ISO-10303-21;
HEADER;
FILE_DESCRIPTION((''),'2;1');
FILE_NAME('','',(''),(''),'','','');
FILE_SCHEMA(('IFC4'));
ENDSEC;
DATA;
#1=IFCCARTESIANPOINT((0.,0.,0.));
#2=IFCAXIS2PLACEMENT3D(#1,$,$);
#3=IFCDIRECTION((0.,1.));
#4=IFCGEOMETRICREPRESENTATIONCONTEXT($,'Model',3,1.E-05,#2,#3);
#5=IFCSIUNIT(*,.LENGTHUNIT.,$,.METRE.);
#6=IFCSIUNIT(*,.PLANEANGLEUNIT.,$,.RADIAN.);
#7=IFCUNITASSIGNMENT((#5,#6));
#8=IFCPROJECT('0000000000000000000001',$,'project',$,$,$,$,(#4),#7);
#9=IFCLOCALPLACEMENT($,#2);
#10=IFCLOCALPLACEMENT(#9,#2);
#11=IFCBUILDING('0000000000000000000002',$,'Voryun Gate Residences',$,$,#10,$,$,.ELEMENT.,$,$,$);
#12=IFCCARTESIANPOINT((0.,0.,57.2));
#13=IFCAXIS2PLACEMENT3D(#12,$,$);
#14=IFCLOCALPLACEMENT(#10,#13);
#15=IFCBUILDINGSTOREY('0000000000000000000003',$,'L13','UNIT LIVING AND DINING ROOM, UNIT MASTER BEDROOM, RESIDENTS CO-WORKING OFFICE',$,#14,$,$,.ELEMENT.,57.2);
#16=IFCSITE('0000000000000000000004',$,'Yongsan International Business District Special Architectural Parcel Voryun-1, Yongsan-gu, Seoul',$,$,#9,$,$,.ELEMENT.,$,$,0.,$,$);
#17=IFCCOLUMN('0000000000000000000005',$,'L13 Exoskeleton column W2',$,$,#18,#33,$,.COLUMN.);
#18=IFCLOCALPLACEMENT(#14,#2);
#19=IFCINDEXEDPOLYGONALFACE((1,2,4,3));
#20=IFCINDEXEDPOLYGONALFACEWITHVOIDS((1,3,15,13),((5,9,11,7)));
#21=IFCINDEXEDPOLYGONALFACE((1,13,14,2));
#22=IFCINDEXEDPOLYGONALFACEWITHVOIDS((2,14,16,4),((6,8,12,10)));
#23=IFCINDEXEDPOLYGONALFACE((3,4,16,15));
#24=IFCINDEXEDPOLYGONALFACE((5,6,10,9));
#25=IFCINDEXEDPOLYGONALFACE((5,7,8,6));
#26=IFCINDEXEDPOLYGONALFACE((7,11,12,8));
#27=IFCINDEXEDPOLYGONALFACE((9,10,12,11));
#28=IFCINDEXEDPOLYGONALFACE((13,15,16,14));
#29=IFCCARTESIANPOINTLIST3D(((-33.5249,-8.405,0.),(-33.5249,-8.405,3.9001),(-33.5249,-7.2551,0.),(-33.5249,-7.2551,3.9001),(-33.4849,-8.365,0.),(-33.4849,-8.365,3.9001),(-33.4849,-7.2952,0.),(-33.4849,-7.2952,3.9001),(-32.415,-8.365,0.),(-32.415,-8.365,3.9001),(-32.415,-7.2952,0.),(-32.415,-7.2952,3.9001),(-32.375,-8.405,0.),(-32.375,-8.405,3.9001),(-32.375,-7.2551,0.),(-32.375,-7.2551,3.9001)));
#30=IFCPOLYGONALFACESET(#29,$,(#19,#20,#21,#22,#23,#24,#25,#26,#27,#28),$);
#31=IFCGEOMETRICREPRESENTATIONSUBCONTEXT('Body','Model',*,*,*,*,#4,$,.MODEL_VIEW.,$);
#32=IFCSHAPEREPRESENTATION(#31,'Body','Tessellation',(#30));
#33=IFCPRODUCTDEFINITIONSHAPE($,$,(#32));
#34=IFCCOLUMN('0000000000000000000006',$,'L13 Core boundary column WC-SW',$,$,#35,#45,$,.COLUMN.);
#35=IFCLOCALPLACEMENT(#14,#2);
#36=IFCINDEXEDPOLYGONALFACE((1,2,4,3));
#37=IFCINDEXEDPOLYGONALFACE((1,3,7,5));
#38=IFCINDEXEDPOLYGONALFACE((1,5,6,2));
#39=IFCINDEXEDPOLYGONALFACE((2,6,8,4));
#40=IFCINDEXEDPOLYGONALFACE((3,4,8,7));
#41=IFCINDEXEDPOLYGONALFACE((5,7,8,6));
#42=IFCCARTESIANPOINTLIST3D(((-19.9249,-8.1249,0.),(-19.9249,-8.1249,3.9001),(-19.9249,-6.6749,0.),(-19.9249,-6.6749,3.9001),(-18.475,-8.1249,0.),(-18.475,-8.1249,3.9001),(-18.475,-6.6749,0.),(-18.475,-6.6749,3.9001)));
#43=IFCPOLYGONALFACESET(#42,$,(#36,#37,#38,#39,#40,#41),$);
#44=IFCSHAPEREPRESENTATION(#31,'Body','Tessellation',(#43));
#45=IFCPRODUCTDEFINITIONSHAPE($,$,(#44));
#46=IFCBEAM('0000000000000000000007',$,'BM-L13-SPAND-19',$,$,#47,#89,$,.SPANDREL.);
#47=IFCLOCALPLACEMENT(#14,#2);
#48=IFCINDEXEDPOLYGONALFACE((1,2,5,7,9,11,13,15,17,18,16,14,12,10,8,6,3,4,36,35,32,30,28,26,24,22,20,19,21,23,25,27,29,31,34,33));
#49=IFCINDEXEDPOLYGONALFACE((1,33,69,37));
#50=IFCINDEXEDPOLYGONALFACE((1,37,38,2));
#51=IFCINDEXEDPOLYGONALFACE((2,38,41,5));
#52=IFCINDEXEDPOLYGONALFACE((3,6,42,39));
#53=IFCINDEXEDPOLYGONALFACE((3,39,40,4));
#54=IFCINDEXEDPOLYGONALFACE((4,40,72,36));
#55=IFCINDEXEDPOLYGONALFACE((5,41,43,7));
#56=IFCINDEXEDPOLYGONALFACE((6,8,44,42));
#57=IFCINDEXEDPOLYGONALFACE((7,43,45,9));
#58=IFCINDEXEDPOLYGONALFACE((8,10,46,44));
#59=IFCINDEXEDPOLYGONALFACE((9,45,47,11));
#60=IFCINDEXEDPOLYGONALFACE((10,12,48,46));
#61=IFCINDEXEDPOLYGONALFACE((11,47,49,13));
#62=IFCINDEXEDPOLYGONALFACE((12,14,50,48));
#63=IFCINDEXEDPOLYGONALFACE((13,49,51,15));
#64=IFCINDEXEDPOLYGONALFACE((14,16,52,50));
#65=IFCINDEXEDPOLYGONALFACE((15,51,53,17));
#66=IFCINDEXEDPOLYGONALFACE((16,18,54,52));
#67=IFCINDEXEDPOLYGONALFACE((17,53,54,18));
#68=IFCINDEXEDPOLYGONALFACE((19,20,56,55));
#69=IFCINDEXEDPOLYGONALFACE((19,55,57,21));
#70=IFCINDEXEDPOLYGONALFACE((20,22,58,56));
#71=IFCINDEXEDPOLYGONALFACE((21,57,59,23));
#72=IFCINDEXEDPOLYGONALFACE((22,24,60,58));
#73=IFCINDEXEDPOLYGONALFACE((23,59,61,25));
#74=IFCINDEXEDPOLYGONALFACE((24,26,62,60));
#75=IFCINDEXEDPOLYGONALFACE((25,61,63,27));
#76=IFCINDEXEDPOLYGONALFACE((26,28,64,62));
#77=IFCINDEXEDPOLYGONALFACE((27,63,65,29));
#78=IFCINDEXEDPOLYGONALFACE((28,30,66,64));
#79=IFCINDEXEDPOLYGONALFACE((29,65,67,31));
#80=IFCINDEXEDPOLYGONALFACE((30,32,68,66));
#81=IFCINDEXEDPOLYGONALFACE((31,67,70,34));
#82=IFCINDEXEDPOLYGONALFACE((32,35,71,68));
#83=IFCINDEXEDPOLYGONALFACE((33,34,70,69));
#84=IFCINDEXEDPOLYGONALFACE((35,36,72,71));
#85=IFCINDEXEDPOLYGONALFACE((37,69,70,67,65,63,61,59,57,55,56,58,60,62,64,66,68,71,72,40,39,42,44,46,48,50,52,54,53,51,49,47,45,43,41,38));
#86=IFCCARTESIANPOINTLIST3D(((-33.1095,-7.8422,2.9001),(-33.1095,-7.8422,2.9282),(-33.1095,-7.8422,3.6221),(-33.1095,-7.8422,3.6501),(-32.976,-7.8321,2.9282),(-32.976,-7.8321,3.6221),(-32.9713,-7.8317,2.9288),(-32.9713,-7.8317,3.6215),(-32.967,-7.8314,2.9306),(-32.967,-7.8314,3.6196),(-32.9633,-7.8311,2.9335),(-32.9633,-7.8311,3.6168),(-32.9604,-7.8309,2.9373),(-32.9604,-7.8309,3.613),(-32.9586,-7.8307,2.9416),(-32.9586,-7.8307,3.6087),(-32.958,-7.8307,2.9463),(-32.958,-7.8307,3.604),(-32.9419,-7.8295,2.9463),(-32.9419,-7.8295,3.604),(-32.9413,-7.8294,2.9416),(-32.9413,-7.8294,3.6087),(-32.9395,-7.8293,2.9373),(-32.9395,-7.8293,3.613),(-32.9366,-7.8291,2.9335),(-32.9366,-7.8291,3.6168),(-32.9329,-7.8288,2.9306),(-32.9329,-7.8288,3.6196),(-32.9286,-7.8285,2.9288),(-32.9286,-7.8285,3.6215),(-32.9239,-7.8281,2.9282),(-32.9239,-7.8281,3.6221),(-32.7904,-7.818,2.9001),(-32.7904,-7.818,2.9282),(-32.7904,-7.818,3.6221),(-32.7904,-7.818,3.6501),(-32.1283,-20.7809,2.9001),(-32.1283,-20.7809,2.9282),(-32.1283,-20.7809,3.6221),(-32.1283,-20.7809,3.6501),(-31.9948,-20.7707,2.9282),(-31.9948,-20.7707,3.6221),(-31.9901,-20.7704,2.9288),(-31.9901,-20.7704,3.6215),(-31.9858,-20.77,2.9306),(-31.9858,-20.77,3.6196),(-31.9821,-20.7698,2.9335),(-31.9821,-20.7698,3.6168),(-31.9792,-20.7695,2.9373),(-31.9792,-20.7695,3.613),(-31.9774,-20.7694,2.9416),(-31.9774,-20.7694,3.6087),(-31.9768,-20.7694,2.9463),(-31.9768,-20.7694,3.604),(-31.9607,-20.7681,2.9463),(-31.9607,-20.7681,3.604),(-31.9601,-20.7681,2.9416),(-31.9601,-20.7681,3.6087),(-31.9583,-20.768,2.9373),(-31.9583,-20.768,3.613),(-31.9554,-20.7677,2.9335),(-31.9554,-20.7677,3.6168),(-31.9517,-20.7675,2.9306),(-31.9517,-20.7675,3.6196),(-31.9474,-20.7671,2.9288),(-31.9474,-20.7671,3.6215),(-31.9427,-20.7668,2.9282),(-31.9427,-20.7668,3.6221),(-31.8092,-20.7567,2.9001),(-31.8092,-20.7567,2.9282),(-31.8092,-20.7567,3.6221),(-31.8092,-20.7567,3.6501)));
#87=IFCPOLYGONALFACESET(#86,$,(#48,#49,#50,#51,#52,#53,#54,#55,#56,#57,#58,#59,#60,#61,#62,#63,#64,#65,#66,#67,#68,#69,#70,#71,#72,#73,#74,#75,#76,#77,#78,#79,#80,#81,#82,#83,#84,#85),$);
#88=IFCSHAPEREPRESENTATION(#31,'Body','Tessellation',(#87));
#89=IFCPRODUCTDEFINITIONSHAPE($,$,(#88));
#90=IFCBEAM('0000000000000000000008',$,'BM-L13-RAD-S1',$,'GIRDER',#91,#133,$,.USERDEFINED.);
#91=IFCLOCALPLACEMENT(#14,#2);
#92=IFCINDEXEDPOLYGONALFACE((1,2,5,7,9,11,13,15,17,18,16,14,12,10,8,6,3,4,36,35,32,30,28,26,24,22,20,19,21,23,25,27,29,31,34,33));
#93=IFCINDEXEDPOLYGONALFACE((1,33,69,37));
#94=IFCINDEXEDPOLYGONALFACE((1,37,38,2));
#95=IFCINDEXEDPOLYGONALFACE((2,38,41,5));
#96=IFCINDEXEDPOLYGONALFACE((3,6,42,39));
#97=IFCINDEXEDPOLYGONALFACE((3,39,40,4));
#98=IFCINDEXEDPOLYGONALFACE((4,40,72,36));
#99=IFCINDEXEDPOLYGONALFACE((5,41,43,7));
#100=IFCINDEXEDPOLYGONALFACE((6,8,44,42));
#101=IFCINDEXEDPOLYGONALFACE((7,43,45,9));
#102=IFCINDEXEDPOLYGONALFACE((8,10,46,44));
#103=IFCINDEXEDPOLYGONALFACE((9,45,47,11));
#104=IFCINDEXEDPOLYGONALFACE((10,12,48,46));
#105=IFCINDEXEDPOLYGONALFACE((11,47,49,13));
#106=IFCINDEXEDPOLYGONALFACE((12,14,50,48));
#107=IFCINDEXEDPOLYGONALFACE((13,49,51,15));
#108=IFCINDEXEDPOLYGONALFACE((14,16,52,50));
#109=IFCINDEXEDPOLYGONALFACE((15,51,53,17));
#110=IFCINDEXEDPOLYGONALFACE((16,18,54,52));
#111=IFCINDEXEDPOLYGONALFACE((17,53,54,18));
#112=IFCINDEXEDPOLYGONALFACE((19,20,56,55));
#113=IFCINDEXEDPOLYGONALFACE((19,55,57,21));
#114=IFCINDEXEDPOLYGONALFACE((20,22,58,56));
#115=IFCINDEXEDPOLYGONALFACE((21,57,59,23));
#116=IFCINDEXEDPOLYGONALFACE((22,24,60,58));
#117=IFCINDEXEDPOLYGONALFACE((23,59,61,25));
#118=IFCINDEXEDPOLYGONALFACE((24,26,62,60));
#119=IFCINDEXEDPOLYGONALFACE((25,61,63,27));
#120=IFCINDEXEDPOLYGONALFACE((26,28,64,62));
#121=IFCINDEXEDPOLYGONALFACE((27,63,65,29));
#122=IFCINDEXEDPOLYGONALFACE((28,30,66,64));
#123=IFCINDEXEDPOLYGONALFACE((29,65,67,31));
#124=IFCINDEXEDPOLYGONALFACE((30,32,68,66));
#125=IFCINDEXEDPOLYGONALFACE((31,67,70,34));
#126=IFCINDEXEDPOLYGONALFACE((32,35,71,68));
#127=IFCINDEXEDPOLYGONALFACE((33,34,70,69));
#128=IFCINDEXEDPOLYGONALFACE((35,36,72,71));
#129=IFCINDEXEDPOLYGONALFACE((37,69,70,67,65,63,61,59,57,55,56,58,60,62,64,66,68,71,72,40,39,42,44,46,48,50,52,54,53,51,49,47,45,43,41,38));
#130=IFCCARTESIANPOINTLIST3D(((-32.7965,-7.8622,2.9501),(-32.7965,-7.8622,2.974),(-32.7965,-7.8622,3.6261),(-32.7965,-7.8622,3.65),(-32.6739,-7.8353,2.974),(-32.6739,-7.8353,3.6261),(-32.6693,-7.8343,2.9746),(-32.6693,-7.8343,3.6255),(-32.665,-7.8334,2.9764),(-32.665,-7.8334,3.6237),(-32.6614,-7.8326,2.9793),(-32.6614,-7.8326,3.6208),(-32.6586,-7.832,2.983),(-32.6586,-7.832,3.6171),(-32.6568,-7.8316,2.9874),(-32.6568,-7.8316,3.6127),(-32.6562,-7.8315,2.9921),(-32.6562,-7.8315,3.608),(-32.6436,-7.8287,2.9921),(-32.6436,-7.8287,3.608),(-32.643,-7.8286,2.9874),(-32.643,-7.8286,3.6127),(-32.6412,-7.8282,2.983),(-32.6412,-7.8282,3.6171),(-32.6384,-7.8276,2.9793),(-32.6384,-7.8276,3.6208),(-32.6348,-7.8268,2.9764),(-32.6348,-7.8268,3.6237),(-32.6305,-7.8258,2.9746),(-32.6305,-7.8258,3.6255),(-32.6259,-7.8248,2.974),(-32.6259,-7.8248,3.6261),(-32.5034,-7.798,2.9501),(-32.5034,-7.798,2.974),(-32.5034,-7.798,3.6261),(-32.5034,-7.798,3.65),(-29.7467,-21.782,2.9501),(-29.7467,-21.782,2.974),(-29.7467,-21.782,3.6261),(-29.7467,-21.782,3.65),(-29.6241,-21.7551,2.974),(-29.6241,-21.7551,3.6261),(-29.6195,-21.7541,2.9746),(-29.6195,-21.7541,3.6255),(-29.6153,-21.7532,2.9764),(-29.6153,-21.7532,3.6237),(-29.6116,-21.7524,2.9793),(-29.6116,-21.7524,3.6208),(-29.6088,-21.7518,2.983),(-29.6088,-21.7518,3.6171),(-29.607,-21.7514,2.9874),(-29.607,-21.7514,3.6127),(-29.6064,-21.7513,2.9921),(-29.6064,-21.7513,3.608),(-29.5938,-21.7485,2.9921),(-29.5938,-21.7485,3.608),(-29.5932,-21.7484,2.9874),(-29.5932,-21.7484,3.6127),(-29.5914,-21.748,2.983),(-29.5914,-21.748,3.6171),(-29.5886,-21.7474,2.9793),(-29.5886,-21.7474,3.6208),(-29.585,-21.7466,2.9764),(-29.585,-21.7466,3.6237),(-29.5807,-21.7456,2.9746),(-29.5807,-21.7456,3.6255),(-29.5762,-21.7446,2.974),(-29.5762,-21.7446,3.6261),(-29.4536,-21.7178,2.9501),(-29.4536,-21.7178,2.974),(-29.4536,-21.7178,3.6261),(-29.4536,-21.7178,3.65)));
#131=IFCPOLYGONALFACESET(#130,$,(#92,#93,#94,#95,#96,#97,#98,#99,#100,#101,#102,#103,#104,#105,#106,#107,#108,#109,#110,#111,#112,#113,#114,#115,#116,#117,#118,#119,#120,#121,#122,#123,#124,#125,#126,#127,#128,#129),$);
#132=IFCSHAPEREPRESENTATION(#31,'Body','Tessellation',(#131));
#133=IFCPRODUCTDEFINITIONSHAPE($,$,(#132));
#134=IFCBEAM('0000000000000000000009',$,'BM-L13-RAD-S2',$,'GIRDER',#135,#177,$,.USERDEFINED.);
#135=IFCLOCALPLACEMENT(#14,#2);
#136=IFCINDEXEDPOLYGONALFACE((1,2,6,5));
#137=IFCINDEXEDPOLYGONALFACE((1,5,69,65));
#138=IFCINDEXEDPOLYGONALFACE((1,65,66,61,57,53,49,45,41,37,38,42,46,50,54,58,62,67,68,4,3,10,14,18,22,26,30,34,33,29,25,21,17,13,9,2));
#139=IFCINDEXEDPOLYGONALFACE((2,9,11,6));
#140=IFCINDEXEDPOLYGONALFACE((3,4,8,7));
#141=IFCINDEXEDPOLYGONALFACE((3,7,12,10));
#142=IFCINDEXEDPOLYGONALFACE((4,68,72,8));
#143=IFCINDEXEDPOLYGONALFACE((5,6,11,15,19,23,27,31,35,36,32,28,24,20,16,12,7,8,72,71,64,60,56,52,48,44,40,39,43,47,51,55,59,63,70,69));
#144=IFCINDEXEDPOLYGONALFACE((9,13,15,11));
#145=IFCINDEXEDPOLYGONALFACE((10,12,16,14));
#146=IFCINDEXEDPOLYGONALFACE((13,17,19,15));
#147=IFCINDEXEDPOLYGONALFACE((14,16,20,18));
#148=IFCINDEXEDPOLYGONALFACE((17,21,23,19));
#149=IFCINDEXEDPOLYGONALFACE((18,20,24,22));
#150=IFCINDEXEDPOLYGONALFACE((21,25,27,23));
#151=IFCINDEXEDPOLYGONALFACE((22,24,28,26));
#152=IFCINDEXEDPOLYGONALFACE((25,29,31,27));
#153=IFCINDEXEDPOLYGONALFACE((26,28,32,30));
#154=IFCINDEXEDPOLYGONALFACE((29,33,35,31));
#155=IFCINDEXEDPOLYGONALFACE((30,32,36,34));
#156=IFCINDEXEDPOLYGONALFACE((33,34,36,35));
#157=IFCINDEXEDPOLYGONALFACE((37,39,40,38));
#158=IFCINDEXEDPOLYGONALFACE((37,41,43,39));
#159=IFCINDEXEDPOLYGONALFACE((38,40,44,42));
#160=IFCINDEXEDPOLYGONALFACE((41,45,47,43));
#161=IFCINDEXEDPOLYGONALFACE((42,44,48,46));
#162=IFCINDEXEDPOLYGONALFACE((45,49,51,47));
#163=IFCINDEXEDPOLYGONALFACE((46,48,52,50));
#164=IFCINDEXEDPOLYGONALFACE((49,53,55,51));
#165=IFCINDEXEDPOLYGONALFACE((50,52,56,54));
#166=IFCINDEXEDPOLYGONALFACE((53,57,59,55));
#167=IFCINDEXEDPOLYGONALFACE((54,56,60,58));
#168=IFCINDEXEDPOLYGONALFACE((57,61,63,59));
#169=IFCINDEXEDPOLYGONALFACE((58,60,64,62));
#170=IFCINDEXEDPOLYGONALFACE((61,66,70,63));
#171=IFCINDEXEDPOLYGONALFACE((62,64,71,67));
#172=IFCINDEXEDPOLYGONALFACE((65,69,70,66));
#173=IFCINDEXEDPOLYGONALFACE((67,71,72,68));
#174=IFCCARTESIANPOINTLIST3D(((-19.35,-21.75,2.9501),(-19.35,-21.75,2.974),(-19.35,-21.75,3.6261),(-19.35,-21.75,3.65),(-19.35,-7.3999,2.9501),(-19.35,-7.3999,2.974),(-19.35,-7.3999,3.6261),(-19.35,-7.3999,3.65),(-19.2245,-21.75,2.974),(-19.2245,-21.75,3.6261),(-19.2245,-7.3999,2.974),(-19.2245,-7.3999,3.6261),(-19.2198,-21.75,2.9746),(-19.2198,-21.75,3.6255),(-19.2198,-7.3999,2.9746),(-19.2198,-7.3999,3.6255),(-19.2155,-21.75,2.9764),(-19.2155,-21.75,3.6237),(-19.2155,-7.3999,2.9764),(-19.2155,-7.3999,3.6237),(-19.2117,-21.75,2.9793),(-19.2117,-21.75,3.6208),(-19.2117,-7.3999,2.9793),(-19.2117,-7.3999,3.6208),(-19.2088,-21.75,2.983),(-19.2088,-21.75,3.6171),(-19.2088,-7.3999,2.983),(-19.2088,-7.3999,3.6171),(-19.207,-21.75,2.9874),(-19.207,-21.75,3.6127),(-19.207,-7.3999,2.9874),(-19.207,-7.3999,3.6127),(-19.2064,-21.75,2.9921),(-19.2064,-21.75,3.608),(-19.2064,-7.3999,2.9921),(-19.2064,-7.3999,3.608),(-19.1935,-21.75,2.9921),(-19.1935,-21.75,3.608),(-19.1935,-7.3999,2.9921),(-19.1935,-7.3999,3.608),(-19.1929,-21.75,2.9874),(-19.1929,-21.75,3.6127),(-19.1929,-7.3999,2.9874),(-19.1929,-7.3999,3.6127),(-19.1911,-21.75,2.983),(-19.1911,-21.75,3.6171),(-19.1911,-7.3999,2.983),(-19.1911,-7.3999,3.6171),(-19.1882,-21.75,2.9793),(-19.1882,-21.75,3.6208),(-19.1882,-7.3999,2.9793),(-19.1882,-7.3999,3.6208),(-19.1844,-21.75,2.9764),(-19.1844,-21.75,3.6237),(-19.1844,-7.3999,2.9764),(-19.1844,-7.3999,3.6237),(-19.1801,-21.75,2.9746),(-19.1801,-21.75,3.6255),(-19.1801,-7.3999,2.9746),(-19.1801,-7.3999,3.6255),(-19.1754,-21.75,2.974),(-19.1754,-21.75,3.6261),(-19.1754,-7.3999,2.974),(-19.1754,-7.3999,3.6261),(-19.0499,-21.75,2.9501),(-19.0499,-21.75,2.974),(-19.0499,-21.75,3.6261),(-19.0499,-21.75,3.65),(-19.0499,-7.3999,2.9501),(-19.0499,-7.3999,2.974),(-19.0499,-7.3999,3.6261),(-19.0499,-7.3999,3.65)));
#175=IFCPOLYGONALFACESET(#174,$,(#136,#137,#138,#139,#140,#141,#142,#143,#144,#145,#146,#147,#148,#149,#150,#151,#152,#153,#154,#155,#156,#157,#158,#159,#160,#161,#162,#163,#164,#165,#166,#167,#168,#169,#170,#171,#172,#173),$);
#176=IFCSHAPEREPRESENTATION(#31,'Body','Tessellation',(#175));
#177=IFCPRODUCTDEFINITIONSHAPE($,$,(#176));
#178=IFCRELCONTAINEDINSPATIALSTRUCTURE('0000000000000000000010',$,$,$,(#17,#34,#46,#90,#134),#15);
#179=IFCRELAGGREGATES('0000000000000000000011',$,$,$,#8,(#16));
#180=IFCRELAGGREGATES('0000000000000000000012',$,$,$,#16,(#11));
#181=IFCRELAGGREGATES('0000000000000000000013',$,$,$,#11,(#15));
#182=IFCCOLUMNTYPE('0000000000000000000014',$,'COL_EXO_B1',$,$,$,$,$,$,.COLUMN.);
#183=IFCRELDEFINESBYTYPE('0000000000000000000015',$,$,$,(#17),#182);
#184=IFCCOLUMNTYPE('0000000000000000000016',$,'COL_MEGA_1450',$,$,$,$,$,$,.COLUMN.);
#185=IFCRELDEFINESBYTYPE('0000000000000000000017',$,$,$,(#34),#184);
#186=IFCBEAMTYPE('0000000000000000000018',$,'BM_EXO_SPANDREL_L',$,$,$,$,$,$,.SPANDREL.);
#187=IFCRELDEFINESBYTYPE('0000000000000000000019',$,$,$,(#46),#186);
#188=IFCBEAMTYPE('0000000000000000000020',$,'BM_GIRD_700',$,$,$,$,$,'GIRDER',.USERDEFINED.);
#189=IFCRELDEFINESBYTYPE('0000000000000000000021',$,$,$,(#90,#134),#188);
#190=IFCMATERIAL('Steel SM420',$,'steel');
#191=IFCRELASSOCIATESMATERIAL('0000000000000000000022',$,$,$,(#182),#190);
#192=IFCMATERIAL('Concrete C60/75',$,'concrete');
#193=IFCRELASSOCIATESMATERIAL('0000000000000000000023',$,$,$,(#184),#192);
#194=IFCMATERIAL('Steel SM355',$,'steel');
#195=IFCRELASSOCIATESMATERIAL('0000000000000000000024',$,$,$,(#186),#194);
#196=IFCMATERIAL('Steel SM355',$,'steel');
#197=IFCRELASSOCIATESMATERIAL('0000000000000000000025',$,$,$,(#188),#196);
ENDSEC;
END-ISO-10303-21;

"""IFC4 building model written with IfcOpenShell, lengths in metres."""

from ifc_helpers import new_model, si_unit, direction, frame, origin, origin_2d, place, context, subcontext, project, spatial, rectangle, hollow_rectangle, i_section, extrude, material, material_profile, profile_set, type_object, element, save


model = new_model("IFC4")

# Units and contexts
model_context = context("Model", 3, precision=1e-05, world=origin(), true_north=direction((0.0, 1.0)))
body_context = subcontext(model_context, "Body", "Model", "MODEL_VIEW")
ifc_project = project(units=[si_unit("LENGTHUNIT", "METRE"), si_unit("PLANEANGLEUNIT", "RADIAN")], contexts=[model_context])

# Site, building, storey
site_placement = place(None, origin())
site = spatial("IfcSite", under=ifc_project, at=site_placement, Name="Yongsan International Business District Special Architectural Parcel Voryun-1, Yongsan-gu, Seoul", CompositionType="ELEMENT", RefElevation=0.0)
building_placement = place(site_placement, origin())
building = spatial("IfcBuilding", under=site, at=building_placement, Name="Voryun Gate Residences", CompositionType="ELEMENT")
storey_placement = place(building_placement, frame((0.0, 0.0, 57.2)))
storey = spatial("IfcBuildingStorey", under=building, at=storey_placement, Name="L13", Description="UNIT LIVING AND DINING ROOM, UNIT MASTER BEDROOM, RESIDENTS CO-WORKING OFFICE", CompositionType="ELEMENT", Elevation=57.2)

# Columns
ifc_material_1 = material(Name="Steel SM420", Category="steel")
ifc_material_profile_1 = material_profile(ifc_material_1, hollow_rectangle(XDim=1.1499, YDim=1.1499, WallThickness=0.04, at=origin_2d()), Name="BOX-1150x1150x40")
ifc_profile_set_1 = profile_set([ifc_material_profile_1], Name="Steel SM420")
column_type_1 = type_object("IfcColumnType", Name="COL_EXO_B1", PredefinedType="COLUMN", material=ifc_profile_set_1)
column_1_placement = place(storey_placement, frame((-32.95, -7.8301, 0.0), z_axis=(0.0, 0.0, 1.0), x_axis=(1.0, 0.0, 0.0)))
element("IfcColumn", 1, at=column_1_placement, inside=storey, type_object=column_type_1, Name="L13 Exoskeleton column W2", PredefinedType="COLUMN", context=body_context, shape_type="SweptSolid", body=[
    extrude(hollow_rectangle(XDim=1.1499, YDim=1.1499, WallThickness=0.04, at=origin_2d()), origin(), (0.0, 0.0, 1.0), 3.9001),
])
ifc_material_2 = material(Name="Concrete C60/75", Category="concrete")
ifc_material_profile_2 = material_profile(ifc_material_2, rectangle(XDim=1.45, YDim=1.45, at=origin_2d()), Name="RC-1450x1450")
ifc_profile_set_2 = profile_set([ifc_material_profile_2], Name="Concrete C60/75")
column_type_2 = type_object("IfcColumnType", Name="COL_MEGA_1450", PredefinedType="COLUMN", material=ifc_profile_set_2)
column_2_placement = place(storey_placement, frame((-19.2, -7.3999, 0.0), z_axis=(0.0, 0.0, 1.0), x_axis=(1.0, 0.0, 0.0)))
element("IfcColumn", 2, at=column_2_placement, inside=storey, type_object=column_type_2, Name="L13 Core boundary column WC-SW", PredefinedType="COLUMN", context=body_context, shape_type="SweptSolid", body=[
    extrude(rectangle(XDim=1.45, YDim=1.45, at=origin_2d()), origin(), (0.0, 0.0, 1.0), 3.9001),
])

# Beams
ifc_material_3 = material(Name="Steel SM355", Category="steel")
ifc_material_profile_3 = material_profile(ifc_material_3, i_section(OverallWidth=0.3201, OverallDepth=0.75, WebThickness=0.0161, FlangeThickness=0.0281, FilletRadius=0.0181, at=origin_2d()), Name="H-750x320x16x28")
ifc_profile_set_3 = profile_set([ifc_material_profile_3], Name="Steel SM355")
beam_type_1 = type_object("IfcBeamType", Name="BM_EXO_SPANDREL_L", PredefinedType="SPANDREL", material=ifc_profile_set_3)
beam_1_placement = place(storey_placement, frame((-32.95, -7.8301, 3.2751), z_axis=(0.075617, -0.997137, 0.0), x_axis=(0.997137, 0.075617, 0.0)))
element("IfcBeam", 3, at=beam_1_placement, inside=storey, type_object=beam_type_1, Name="BM-L13-SPAND-19", PredefinedType="SPANDREL", context=body_context, shape_type="SweptSolid", body=[
    extrude(i_section(OverallWidth=0.3201, OverallDepth=0.75, WebThickness=0.0161, FlangeThickness=0.0281, FilletRadius=0.0181, at=origin_2d()), origin(), (0.0, 0.0, 1.0), 12.9758),
])
ifc_material_4 = material(Name="Steel SM355", Category="steel")
ifc_material_profile_4 = material_profile(ifc_material_4, i_section(OverallWidth=0.3, OverallDepth=0.7, WebThickness=0.0129, FlangeThickness=0.0239, FilletRadius=0.0181, at=origin_2d()), Name="H-700x300x13x24")
ifc_profile_set_4 = profile_set([ifc_material_profile_4], Name="Steel SM355")
beam_type_2 = type_object("IfcBeamType", Name="BM_GIRD_700", ElementType="GIRDER", PredefinedType="USERDEFINED", material=ifc_profile_set_4)
beam_2_placement = place(storey_placement, frame((-32.6499, -7.8301, 3.3), z_axis=(0.21402, -0.976829, 0.0), x_axis=(0.976829, 0.21402, 0.0)))
element("IfcBeam", 4, at=beam_2_placement, inside=storey, type_object=beam_type_2, Name="BM-L13-RAD-S1", ObjectType="GIRDER", PredefinedType="USERDEFINED", context=body_context, shape_type="SweptSolid", body=[
    extrude(i_section(OverallWidth=0.3, OverallDepth=0.7, WebThickness=0.0129, FlangeThickness=0.0239, FilletRadius=0.0181, at=origin_2d()), origin(), (0.0, 0.0, 1.0), 14.25),
])
beam_3_placement = place(storey_placement, frame((-19.2, -7.3999, 3.3), z_axis=(0.0, -1.0, 0.0), x_axis=(1.0, 0.0, 0.0)))
element("IfcBeam", 5, at=beam_3_placement, inside=storey, type_object=beam_type_2, Name="BM-L13-RAD-S2", ObjectType="GIRDER", PredefinedType="USERDEFINED", context=body_context, shape_type="SweptSolid", body=[
    extrude(i_section(OverallWidth=0.3, OverallDepth=0.7, WebThickness=0.0129, FlangeThickness=0.0239, FilletRadius=0.0181, at=origin_2d()), origin(), (0.0, 0.0, 1.0), 14.3501),
])

save(model, "model.ifc")
